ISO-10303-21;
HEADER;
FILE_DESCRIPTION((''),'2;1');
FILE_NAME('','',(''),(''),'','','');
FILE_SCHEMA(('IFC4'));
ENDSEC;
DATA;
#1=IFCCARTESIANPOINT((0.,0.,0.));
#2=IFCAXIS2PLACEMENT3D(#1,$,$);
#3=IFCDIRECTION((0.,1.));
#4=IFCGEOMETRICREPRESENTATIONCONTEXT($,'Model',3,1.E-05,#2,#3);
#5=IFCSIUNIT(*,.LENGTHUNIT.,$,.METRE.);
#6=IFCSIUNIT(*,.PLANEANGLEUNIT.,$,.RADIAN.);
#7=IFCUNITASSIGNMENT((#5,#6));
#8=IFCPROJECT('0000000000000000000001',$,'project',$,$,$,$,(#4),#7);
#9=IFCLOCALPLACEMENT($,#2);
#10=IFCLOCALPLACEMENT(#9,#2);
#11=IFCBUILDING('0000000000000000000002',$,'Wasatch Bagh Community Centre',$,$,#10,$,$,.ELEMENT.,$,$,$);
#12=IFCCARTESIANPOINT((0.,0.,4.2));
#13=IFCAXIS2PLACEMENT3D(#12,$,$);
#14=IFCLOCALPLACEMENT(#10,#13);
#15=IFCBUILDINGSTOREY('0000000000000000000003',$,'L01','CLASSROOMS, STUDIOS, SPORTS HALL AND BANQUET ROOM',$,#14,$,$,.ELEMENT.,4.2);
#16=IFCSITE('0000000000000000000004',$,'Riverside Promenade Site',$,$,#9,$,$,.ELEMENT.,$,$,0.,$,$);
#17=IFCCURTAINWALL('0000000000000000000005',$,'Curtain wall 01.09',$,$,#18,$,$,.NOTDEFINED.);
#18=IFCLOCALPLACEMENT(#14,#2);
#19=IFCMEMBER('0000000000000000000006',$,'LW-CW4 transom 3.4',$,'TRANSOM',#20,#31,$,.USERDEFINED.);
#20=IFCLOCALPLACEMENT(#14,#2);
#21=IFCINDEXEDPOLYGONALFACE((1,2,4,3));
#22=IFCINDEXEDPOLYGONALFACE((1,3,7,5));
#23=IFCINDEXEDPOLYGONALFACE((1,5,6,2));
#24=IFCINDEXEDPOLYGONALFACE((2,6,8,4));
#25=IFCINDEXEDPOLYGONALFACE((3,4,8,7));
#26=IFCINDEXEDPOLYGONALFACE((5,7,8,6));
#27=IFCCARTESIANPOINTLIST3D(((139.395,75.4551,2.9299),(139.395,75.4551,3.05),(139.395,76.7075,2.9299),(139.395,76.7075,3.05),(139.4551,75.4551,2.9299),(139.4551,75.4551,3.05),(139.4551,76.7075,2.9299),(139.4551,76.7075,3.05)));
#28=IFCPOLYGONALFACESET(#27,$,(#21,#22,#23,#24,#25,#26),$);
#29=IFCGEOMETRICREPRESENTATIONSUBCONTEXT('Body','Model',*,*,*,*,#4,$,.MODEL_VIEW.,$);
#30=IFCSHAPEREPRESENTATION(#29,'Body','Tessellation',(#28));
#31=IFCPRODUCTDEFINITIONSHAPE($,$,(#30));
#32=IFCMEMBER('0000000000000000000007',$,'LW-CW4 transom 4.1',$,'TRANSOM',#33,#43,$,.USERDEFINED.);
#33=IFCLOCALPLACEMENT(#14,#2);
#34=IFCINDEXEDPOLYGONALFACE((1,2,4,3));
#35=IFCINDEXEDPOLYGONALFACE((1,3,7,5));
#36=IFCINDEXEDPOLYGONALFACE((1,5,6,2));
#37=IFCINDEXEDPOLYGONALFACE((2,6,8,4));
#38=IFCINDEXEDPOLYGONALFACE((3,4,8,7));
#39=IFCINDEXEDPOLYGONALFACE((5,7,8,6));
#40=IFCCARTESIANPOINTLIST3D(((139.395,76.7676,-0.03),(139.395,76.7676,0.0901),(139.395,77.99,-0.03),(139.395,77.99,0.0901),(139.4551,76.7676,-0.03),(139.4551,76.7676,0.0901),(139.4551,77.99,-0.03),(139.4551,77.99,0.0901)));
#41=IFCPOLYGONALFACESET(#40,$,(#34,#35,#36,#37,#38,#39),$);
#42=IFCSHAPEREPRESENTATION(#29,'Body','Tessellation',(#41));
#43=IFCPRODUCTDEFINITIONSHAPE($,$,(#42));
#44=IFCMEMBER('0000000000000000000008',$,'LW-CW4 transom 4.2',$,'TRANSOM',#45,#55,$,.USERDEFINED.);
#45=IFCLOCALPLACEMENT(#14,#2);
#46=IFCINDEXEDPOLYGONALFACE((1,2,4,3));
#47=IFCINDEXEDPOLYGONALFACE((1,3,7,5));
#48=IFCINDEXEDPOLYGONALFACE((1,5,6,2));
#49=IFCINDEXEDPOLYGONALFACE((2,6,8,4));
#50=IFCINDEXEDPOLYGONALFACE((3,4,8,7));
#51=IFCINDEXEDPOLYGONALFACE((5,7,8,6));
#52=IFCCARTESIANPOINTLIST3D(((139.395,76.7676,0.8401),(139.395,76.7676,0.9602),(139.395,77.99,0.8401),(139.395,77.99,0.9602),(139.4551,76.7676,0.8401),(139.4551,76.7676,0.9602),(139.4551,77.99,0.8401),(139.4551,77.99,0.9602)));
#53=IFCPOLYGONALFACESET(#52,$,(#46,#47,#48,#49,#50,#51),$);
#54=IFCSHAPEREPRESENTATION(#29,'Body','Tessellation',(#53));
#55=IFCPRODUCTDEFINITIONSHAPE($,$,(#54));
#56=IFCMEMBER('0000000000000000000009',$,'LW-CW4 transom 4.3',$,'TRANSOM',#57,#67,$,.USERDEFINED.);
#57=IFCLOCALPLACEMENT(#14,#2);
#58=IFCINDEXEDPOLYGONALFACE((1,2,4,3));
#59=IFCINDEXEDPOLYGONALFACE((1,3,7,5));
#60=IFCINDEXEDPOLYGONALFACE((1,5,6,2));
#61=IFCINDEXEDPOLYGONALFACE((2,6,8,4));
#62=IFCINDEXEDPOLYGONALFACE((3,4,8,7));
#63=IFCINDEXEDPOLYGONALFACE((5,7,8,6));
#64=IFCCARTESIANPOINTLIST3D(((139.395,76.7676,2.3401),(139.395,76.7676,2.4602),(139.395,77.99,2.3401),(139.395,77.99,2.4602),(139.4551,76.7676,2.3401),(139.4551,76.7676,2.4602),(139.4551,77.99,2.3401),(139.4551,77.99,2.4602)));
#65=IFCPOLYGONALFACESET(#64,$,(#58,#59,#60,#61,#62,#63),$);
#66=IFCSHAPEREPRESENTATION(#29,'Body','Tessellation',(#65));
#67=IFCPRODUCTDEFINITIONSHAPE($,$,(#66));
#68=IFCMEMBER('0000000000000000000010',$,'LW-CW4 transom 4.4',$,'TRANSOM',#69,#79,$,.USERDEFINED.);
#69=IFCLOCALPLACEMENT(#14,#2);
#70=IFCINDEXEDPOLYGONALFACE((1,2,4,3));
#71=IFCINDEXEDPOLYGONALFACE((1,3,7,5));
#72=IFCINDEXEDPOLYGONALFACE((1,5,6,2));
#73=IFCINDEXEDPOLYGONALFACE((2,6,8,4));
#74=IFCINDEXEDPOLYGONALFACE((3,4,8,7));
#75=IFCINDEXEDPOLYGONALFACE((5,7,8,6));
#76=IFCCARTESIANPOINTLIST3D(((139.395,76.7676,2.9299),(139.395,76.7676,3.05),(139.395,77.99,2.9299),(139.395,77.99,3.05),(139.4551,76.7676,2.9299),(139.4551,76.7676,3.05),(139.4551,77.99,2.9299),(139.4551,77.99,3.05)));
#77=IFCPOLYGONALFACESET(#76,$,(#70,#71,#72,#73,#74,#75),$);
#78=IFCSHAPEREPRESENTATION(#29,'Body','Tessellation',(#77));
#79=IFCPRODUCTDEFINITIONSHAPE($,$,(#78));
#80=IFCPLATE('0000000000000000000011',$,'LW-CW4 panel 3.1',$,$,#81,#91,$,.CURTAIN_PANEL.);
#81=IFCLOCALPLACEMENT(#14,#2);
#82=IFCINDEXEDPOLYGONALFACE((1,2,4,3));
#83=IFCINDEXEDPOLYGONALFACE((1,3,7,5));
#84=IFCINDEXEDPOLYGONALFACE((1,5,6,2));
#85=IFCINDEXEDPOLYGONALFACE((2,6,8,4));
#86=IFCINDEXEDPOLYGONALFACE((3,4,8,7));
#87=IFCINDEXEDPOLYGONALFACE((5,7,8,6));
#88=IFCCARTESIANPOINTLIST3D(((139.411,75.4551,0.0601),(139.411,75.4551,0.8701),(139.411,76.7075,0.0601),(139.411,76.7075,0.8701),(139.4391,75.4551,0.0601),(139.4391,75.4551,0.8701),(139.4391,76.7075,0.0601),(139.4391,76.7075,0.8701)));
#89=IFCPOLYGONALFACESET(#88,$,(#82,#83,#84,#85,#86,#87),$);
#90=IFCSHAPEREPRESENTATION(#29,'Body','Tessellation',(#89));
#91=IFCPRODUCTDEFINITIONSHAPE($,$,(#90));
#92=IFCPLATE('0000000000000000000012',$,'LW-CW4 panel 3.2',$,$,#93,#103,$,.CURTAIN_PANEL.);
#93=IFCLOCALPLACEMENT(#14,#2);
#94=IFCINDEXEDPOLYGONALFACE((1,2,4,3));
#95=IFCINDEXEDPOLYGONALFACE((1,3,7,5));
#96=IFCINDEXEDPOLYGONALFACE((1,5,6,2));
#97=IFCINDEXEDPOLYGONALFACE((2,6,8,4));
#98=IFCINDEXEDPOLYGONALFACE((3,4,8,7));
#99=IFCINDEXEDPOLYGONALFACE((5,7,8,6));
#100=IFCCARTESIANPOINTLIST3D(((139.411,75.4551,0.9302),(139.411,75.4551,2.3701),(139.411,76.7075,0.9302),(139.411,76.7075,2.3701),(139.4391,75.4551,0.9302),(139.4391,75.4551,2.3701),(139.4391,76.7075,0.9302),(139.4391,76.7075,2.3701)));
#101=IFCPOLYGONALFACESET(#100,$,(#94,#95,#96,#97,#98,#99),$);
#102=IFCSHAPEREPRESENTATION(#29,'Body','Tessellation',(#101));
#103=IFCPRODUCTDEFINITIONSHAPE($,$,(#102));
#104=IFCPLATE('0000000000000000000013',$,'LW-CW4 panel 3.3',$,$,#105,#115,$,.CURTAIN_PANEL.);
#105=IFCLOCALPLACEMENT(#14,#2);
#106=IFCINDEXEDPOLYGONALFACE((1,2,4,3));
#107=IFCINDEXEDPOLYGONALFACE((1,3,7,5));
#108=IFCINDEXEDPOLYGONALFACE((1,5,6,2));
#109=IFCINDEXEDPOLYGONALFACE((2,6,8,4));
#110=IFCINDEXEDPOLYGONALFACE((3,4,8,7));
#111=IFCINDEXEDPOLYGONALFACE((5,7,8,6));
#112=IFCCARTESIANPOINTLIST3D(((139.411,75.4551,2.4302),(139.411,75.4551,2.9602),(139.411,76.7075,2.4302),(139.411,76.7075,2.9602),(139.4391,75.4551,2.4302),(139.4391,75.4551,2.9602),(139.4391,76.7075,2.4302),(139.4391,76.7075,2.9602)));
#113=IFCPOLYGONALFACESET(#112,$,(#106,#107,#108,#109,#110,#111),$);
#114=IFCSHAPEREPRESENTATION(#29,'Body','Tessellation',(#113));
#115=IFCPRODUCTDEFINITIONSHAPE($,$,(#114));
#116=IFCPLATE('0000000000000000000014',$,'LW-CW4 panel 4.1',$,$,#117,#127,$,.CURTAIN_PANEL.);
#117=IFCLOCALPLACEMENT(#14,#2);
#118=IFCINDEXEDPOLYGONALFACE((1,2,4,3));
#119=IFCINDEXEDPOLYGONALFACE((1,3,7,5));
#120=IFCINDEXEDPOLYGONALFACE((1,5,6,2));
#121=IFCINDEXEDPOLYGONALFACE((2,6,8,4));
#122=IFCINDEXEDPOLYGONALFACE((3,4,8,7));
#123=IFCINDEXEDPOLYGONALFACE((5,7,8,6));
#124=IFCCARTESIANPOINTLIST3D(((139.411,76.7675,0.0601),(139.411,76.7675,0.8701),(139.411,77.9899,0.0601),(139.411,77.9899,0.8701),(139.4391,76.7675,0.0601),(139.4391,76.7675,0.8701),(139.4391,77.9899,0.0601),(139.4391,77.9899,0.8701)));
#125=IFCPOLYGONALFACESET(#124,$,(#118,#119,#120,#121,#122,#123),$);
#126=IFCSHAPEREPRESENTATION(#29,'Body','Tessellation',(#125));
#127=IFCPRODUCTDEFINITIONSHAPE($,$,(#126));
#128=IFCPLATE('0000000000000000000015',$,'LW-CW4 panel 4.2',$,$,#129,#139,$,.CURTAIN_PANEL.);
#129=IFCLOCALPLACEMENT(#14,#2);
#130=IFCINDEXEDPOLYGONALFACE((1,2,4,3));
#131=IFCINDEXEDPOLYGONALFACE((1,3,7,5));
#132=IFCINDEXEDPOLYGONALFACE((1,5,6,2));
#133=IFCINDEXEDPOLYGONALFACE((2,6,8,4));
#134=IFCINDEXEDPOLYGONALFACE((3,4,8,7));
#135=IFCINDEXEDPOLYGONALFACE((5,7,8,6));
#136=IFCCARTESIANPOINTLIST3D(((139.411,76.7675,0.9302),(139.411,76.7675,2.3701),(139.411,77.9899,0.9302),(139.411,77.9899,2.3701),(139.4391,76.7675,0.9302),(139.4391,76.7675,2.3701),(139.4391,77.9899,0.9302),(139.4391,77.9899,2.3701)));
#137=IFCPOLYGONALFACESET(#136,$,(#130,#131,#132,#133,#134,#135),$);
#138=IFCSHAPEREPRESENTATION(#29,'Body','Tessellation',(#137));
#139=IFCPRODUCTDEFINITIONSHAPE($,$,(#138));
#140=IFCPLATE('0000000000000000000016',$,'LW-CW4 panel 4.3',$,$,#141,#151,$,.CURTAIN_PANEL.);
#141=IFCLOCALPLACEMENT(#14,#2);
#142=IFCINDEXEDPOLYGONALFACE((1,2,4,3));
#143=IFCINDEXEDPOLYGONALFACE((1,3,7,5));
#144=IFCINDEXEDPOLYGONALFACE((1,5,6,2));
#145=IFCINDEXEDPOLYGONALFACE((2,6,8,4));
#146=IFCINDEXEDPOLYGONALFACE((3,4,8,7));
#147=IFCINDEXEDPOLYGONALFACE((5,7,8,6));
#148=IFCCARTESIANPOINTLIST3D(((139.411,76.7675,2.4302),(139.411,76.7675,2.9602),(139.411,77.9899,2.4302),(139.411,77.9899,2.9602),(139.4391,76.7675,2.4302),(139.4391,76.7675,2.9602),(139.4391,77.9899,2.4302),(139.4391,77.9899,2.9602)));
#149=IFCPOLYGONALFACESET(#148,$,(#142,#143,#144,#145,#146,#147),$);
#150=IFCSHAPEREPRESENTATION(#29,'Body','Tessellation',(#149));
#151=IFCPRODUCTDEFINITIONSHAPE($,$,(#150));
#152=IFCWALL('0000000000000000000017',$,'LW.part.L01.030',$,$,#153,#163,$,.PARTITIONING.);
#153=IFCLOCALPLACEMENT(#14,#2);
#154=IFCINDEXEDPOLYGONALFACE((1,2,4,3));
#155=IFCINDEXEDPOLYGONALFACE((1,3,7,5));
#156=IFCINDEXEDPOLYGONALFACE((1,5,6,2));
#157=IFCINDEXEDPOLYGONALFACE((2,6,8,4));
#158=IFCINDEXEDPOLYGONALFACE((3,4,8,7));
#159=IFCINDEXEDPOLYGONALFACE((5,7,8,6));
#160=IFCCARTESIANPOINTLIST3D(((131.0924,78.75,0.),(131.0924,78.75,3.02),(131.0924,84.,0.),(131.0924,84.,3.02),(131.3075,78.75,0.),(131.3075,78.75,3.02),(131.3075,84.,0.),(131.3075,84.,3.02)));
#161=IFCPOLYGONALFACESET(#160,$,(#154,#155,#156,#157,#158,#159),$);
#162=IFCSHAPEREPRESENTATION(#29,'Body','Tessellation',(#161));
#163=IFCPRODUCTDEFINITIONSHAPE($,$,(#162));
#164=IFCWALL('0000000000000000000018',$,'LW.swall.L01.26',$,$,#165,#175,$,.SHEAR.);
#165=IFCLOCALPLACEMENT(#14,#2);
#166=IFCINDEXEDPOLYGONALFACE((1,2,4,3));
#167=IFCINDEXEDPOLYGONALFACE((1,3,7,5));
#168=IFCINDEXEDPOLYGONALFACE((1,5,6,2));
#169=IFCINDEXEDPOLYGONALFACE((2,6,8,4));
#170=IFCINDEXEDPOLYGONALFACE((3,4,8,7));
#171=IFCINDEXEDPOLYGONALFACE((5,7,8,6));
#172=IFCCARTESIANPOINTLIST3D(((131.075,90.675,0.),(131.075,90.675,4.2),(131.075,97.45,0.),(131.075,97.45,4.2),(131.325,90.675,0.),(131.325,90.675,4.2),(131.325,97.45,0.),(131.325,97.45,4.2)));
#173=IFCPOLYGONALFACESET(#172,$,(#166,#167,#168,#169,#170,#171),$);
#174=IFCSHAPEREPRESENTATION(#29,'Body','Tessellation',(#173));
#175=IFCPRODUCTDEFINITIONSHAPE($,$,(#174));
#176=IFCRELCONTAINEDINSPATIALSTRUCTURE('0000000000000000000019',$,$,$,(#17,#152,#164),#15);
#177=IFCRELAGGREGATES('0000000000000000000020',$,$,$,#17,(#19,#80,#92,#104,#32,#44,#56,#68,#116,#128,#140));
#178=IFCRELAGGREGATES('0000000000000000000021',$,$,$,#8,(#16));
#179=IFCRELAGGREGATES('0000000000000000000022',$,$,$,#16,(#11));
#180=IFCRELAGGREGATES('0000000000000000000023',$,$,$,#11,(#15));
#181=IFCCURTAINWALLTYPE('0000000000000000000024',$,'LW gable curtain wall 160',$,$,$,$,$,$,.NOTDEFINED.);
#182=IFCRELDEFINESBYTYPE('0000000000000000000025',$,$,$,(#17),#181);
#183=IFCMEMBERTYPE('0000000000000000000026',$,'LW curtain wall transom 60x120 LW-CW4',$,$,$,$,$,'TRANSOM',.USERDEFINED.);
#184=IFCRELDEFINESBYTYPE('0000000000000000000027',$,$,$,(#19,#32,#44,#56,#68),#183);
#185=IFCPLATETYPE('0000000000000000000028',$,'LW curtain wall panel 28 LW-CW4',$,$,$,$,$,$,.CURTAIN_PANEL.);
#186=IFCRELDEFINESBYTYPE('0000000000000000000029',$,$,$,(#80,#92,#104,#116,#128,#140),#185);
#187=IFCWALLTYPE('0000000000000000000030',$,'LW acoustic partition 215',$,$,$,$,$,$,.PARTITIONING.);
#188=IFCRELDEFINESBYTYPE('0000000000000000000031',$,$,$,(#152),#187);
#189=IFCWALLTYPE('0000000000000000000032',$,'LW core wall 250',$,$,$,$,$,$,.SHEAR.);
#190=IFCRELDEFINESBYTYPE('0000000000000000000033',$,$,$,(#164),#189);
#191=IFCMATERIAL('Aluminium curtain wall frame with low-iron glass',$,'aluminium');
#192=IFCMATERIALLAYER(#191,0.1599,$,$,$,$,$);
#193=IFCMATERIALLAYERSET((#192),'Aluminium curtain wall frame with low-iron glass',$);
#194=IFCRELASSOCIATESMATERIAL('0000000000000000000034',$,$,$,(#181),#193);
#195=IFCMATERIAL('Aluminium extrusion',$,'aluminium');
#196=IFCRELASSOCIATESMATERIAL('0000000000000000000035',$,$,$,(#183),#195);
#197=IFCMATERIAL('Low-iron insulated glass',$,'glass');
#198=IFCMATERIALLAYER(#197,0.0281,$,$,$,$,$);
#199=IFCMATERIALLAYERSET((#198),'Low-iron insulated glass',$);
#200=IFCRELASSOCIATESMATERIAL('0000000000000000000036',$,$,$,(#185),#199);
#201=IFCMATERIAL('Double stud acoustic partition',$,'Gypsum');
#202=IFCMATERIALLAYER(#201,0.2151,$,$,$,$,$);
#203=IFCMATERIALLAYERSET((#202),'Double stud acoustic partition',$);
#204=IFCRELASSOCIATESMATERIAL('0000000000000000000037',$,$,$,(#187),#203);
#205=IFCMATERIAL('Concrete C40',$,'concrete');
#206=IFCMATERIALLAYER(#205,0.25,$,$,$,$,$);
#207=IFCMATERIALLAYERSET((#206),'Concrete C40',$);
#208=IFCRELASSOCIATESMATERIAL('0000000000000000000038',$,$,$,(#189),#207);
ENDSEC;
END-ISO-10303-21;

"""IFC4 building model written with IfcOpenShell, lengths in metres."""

from ifc_helpers import new_model, si_unit, direction, frame, frame_2d, origin, origin_2d, place, context, subcontext, project, spatial, rectangle, extrude, material, layer, layer_set, material_profile, profile_set, type_object, element, aggregate, save


model = new_model("IFC4")

# Units and contexts
model_context = context("Model", 3, precision=1e-05, world=origin(), true_north=direction((0.0, 1.0)))
body_context = subcontext(model_context, "Body", "Model", "MODEL_VIEW")
ifc_project = project(units=[si_unit("LENGTHUNIT", "METRE"), si_unit("PLANEANGLEUNIT", "RADIAN")], contexts=[model_context])

# Site, building, storey
site_placement = place(None, origin())
site = spatial("IfcSite", under=ifc_project, at=site_placement, Name="Riverside Promenade Site", CompositionType="ELEMENT", RefElevation=0.0)
building_placement = place(site_placement, origin())
building = spatial("IfcBuilding", under=site, at=building_placement, Name="Wasatch Bagh Community Centre", CompositionType="ELEMENT")
storey_placement = place(building_placement, frame((0.0, 0.0, 4.2)))
storey = spatial("IfcBuildingStorey", under=building, at=storey_placement, Name="L01", Description="CLASSROOMS, STUDIOS, SPORTS HALL AND BANQUET ROOM", CompositionType="ELEMENT", Elevation=4.2)

# Shared definitions
ifc_material_1 = material(Name="Concrete C40", Category="concrete")

# Curtain wall, members, plates
ifc_material_2 = material(Name="Aluminium curtain wall frame with low-iron glass", Category="aluminium")
ifc_layer_1 = layer(ifc_material_2, 0.1599)
ifc_layer_set_1 = layer_set([ifc_layer_1], Name="Aluminium curtain wall frame with low-iron glass")
curtain_wall_type = type_object("IfcCurtainWallType", Name="LW gable curtain wall 160", PredefinedType="NOTDEFINED", material=ifc_layer_set_1)
curtain_wall_placement = place(storey_placement, origin())
curtain_wall = element("IfcCurtainWall", 1, at=curtain_wall_placement, inside=storey, type_object=curtain_wall_type, Name="Curtain wall 01.09", PredefinedType="NOTDEFINED")
ifc_material_3 = material(Name="Aluminium extrusion", Category="aluminium")
ifc_material_profile_1 = material_profile(ifc_material_3, rectangle(XDim=0.0601, YDim=0.1201, at=origin_2d()), Name="AL 60x120")
ifc_profile_set_1 = profile_set([ifc_material_profile_1], Name="Aluminium extrusion")
member_type_1 = type_object("IfcMemberType", Name="LW curtain wall transom 60x120 LW-CW4", ElementType="TRANSOM", PredefinedType="USERDEFINED", material=ifc_profile_set_1)
member_1_placement = place(storey_placement, frame((139.425, 75.4551, 2.99), z_axis=(0.0, 1.0, 0.0), x_axis=(-1.0, 0.0, 0.0)))
member_1 = element("IfcMember", 2, at=member_1_placement, type_object=member_type_1, Name="LW-CW4 transom 3.4", ObjectType="TRANSOM", PredefinedType="USERDEFINED", context=body_context, shape_type="SweptSolid", body=[
    extrude(rectangle(XDim=0.0601, YDim=0.1201, at=origin_2d()), origin(), (0.0, 0.0, 1.0), 1.2524),
])
member_2_placement = place(storey_placement, frame((139.425, 76.7676, 0.03), z_axis=(0.0, 1.0, 0.0), x_axis=(-1.0, 0.0, 0.0)))
member_2 = element("IfcMember", 3, at=member_2_placement, type_object=member_type_1, Name="LW-CW4 transom 4.1", ObjectType="TRANSOM", PredefinedType="USERDEFINED", context=body_context, shape_type="SweptSolid", body=[
    extrude(rectangle(XDim=0.0601, YDim=0.1201, at=origin_2d()), origin(), (0.0, 0.0, 1.0), 1.2224),
])
member_3_placement = place(storey_placement, frame((139.425, 76.7676, 0.9001), z_axis=(0.0, 1.0, 0.0), x_axis=(-1.0, 0.0, 0.0)))
member_3 = element("IfcMember", 4, at=member_3_placement, type_object=member_type_1, Name="LW-CW4 transom 4.2", ObjectType="TRANSOM", PredefinedType="USERDEFINED", context=body_context, shape_type="SweptSolid", body=[
    extrude(rectangle(XDim=0.0601, YDim=0.1201, at=origin_2d()), origin(), (0.0, 0.0, 1.0), 1.2224),
])
member_4_placement = place(storey_placement, frame((139.425, 76.7676, 2.4001), z_axis=(0.0, 1.0, 0.0), x_axis=(-1.0, 0.0, 0.0)))
member_4 = element("IfcMember", 5, at=member_4_placement, type_object=member_type_1, Name="LW-CW4 transom 4.3", ObjectType="TRANSOM", PredefinedType="USERDEFINED", context=body_context, shape_type="SweptSolid", body=[
    extrude(rectangle(XDim=0.0601, YDim=0.1201, at=origin_2d()), origin(), (0.0, 0.0, 1.0), 1.2224),
])
member_5_placement = place(storey_placement, frame((139.425, 76.7676, 2.99), z_axis=(0.0, 1.0, 0.0), x_axis=(-1.0, 0.0, 0.0)))
member_5 = element("IfcMember", 6, at=member_5_placement, type_object=member_type_1, Name="LW-CW4 transom 4.4", ObjectType="TRANSOM", PredefinedType="USERDEFINED", context=body_context, shape_type="SweptSolid", body=[
    extrude(rectangle(XDim=0.0601, YDim=0.1201, at=origin_2d()), origin(), (0.0, 0.0, 1.0), 1.2224),
])
ifc_material_4 = material(Name="Low-iron insulated glass", Category="glass")
ifc_layer_2 = layer(ifc_material_4, 0.0281)
ifc_layer_set_2 = layer_set([ifc_layer_2], Name="Low-iron insulated glass")
plate_type = type_object("IfcPlateType", Name="LW curtain wall panel 28 LW-CW4", PredefinedType="CURTAIN_PANEL", material=ifc_layer_set_2)
plate_1_placement = place(storey_placement, frame((139.425, 76.0813, 0.0601), z_axis=(0.0, 0.0, 1.0), x_axis=(0.0, 1.0, 0.0)))
plate_1 = element("IfcPlate", 7, at=plate_1_placement, type_object=plate_type, Name="LW-CW4 panel 3.1", PredefinedType="CURTAIN_PANEL", context=body_context, shape_type="SweptSolid", body=[
    extrude(rectangle(XDim=1.2524, YDim=0.0281, at=origin_2d()), origin(), (0.0, 0.0, 1.0), 0.8101),
])
plate_2_placement = place(storey_placement, frame((139.425, 76.0813, 0.9302), z_axis=(0.0, 0.0, 1.0), x_axis=(0.0, 1.0, 0.0)))
plate_2 = element("IfcPlate", 8, at=plate_2_placement, type_object=plate_type, Name="LW-CW4 panel 3.2", PredefinedType="CURTAIN_PANEL", context=body_context, shape_type="SweptSolid", body=[
    extrude(rectangle(XDim=1.2524, YDim=0.0281, at=origin_2d()), origin(), (0.0, 0.0, 1.0), 1.4399),
])
plate_3_placement = place(storey_placement, frame((139.425, 76.0813, 2.4302), z_axis=(0.0, 0.0, 1.0), x_axis=(0.0, 1.0, 0.0)))
plate_3 = element("IfcPlate", 9, at=plate_3_placement, type_object=plate_type, Name="LW-CW4 panel 3.3", PredefinedType="CURTAIN_PANEL", context=body_context, shape_type="SweptSolid", body=[
    extrude(rectangle(XDim=1.2524, YDim=0.0281, at=origin_2d()), origin(), (0.0, 0.0, 1.0), 0.53),
])
plate_4_placement = place(storey_placement, frame((139.425, 77.3787, 0.0601), z_axis=(0.0, 0.0, 1.0), x_axis=(0.0, 1.0, 0.0)))
plate_4 = element("IfcPlate", 10, at=plate_4_placement, type_object=plate_type, Name="LW-CW4 panel 4.1", PredefinedType="CURTAIN_PANEL", context=body_context, shape_type="SweptSolid", body=[
    extrude(rectangle(XDim=1.2224, YDim=0.0281, at=origin_2d()), origin(), (0.0, 0.0, 1.0), 0.8101),
])
plate_5_placement = place(storey_placement, frame((139.425, 77.3787, 0.9302), z_axis=(0.0, 0.0, 1.0), x_axis=(0.0, 1.0, 0.0)))
plate_5 = element("IfcPlate", 11, at=plate_5_placement, type_object=plate_type, Name="LW-CW4 panel 4.2", PredefinedType="CURTAIN_PANEL", context=body_context, shape_type="SweptSolid", body=[
    extrude(rectangle(XDim=1.2224, YDim=0.0281, at=origin_2d()), origin(), (0.0, 0.0, 1.0), 1.4399),
])
plate_6_placement = place(storey_placement, frame((139.425, 77.3787, 2.4302), z_axis=(0.0, 0.0, 1.0), x_axis=(0.0, 1.0, 0.0)))
plate_6 = element("IfcPlate", 12, at=plate_6_placement, type_object=plate_type, Name="LW-CW4 panel 4.3", PredefinedType="CURTAIN_PANEL", context=body_context, shape_type="SweptSolid", body=[
    extrude(rectangle(XDim=1.2224, YDim=0.0281, at=origin_2d()), origin(), (0.0, 0.0, 1.0), 0.53),
])
aggregate(curtain_wall, [member_1, plate_1, plate_2, plate_3, member_2, member_3, member_4, member_5, plate_4, plate_5, plate_6])

# Walls
ifc_material_5 = material(Name="Double stud acoustic partition", Category="Gypsum")
ifc_layer_3 = layer(ifc_material_5, 0.2151)
ifc_layer_set_3 = layer_set([ifc_layer_3], Name="Double stud acoustic partition")
wall_type_1 = type_object("IfcWallType", Name="LW acoustic partition 215", PredefinedType="PARTITIONING", material=ifc_layer_set_3)
wall_1_placement = place(storey_placement, frame((131.2, 78.75, 0.0), z_axis=(0.0, 0.0, 1.0), x_axis=(0.0, 1.0, 0.0)))
element("IfcWall", 13, at=wall_1_placement, inside=storey, type_object=wall_type_1, Name="LW.part.L01.030", PredefinedType="PARTITIONING", context=body_context, shape_type="SweptSolid", body=[
    extrude(rectangle(XDim=5.25, YDim=0.2151, at=frame_2d((2.625, 0.0))), origin(), (0.0, 0.0, 1.0), 3.02),
])
ifc_layer_4 = layer(ifc_material_1, 0.25)
ifc_layer_set_4 = layer_set([ifc_layer_4], Name="Concrete C40")
wall_type_2 = type_object("IfcWallType", Name="LW core wall 250", PredefinedType="SHEAR", material=ifc_layer_set_4)
wall_2_placement = place(storey_placement, frame((131.2, 90.675, 0.0), z_axis=(0.0, 0.0, 1.0), x_axis=(0.0, 1.0, 0.0)))
element("IfcWall", 14, at=wall_2_placement, inside=storey, type_object=wall_type_2, Name="LW.swall.L01.26", PredefinedType="SHEAR", context=body_context, shape_type="SweptSolid", body=[
    extrude(rectangle(XDim=6.7749, YDim=0.25, at=frame_2d((3.3875, 0.0))), origin(), (0.0, 0.0, 1.0), 4.2),
])

save(model, "model.ifc")
